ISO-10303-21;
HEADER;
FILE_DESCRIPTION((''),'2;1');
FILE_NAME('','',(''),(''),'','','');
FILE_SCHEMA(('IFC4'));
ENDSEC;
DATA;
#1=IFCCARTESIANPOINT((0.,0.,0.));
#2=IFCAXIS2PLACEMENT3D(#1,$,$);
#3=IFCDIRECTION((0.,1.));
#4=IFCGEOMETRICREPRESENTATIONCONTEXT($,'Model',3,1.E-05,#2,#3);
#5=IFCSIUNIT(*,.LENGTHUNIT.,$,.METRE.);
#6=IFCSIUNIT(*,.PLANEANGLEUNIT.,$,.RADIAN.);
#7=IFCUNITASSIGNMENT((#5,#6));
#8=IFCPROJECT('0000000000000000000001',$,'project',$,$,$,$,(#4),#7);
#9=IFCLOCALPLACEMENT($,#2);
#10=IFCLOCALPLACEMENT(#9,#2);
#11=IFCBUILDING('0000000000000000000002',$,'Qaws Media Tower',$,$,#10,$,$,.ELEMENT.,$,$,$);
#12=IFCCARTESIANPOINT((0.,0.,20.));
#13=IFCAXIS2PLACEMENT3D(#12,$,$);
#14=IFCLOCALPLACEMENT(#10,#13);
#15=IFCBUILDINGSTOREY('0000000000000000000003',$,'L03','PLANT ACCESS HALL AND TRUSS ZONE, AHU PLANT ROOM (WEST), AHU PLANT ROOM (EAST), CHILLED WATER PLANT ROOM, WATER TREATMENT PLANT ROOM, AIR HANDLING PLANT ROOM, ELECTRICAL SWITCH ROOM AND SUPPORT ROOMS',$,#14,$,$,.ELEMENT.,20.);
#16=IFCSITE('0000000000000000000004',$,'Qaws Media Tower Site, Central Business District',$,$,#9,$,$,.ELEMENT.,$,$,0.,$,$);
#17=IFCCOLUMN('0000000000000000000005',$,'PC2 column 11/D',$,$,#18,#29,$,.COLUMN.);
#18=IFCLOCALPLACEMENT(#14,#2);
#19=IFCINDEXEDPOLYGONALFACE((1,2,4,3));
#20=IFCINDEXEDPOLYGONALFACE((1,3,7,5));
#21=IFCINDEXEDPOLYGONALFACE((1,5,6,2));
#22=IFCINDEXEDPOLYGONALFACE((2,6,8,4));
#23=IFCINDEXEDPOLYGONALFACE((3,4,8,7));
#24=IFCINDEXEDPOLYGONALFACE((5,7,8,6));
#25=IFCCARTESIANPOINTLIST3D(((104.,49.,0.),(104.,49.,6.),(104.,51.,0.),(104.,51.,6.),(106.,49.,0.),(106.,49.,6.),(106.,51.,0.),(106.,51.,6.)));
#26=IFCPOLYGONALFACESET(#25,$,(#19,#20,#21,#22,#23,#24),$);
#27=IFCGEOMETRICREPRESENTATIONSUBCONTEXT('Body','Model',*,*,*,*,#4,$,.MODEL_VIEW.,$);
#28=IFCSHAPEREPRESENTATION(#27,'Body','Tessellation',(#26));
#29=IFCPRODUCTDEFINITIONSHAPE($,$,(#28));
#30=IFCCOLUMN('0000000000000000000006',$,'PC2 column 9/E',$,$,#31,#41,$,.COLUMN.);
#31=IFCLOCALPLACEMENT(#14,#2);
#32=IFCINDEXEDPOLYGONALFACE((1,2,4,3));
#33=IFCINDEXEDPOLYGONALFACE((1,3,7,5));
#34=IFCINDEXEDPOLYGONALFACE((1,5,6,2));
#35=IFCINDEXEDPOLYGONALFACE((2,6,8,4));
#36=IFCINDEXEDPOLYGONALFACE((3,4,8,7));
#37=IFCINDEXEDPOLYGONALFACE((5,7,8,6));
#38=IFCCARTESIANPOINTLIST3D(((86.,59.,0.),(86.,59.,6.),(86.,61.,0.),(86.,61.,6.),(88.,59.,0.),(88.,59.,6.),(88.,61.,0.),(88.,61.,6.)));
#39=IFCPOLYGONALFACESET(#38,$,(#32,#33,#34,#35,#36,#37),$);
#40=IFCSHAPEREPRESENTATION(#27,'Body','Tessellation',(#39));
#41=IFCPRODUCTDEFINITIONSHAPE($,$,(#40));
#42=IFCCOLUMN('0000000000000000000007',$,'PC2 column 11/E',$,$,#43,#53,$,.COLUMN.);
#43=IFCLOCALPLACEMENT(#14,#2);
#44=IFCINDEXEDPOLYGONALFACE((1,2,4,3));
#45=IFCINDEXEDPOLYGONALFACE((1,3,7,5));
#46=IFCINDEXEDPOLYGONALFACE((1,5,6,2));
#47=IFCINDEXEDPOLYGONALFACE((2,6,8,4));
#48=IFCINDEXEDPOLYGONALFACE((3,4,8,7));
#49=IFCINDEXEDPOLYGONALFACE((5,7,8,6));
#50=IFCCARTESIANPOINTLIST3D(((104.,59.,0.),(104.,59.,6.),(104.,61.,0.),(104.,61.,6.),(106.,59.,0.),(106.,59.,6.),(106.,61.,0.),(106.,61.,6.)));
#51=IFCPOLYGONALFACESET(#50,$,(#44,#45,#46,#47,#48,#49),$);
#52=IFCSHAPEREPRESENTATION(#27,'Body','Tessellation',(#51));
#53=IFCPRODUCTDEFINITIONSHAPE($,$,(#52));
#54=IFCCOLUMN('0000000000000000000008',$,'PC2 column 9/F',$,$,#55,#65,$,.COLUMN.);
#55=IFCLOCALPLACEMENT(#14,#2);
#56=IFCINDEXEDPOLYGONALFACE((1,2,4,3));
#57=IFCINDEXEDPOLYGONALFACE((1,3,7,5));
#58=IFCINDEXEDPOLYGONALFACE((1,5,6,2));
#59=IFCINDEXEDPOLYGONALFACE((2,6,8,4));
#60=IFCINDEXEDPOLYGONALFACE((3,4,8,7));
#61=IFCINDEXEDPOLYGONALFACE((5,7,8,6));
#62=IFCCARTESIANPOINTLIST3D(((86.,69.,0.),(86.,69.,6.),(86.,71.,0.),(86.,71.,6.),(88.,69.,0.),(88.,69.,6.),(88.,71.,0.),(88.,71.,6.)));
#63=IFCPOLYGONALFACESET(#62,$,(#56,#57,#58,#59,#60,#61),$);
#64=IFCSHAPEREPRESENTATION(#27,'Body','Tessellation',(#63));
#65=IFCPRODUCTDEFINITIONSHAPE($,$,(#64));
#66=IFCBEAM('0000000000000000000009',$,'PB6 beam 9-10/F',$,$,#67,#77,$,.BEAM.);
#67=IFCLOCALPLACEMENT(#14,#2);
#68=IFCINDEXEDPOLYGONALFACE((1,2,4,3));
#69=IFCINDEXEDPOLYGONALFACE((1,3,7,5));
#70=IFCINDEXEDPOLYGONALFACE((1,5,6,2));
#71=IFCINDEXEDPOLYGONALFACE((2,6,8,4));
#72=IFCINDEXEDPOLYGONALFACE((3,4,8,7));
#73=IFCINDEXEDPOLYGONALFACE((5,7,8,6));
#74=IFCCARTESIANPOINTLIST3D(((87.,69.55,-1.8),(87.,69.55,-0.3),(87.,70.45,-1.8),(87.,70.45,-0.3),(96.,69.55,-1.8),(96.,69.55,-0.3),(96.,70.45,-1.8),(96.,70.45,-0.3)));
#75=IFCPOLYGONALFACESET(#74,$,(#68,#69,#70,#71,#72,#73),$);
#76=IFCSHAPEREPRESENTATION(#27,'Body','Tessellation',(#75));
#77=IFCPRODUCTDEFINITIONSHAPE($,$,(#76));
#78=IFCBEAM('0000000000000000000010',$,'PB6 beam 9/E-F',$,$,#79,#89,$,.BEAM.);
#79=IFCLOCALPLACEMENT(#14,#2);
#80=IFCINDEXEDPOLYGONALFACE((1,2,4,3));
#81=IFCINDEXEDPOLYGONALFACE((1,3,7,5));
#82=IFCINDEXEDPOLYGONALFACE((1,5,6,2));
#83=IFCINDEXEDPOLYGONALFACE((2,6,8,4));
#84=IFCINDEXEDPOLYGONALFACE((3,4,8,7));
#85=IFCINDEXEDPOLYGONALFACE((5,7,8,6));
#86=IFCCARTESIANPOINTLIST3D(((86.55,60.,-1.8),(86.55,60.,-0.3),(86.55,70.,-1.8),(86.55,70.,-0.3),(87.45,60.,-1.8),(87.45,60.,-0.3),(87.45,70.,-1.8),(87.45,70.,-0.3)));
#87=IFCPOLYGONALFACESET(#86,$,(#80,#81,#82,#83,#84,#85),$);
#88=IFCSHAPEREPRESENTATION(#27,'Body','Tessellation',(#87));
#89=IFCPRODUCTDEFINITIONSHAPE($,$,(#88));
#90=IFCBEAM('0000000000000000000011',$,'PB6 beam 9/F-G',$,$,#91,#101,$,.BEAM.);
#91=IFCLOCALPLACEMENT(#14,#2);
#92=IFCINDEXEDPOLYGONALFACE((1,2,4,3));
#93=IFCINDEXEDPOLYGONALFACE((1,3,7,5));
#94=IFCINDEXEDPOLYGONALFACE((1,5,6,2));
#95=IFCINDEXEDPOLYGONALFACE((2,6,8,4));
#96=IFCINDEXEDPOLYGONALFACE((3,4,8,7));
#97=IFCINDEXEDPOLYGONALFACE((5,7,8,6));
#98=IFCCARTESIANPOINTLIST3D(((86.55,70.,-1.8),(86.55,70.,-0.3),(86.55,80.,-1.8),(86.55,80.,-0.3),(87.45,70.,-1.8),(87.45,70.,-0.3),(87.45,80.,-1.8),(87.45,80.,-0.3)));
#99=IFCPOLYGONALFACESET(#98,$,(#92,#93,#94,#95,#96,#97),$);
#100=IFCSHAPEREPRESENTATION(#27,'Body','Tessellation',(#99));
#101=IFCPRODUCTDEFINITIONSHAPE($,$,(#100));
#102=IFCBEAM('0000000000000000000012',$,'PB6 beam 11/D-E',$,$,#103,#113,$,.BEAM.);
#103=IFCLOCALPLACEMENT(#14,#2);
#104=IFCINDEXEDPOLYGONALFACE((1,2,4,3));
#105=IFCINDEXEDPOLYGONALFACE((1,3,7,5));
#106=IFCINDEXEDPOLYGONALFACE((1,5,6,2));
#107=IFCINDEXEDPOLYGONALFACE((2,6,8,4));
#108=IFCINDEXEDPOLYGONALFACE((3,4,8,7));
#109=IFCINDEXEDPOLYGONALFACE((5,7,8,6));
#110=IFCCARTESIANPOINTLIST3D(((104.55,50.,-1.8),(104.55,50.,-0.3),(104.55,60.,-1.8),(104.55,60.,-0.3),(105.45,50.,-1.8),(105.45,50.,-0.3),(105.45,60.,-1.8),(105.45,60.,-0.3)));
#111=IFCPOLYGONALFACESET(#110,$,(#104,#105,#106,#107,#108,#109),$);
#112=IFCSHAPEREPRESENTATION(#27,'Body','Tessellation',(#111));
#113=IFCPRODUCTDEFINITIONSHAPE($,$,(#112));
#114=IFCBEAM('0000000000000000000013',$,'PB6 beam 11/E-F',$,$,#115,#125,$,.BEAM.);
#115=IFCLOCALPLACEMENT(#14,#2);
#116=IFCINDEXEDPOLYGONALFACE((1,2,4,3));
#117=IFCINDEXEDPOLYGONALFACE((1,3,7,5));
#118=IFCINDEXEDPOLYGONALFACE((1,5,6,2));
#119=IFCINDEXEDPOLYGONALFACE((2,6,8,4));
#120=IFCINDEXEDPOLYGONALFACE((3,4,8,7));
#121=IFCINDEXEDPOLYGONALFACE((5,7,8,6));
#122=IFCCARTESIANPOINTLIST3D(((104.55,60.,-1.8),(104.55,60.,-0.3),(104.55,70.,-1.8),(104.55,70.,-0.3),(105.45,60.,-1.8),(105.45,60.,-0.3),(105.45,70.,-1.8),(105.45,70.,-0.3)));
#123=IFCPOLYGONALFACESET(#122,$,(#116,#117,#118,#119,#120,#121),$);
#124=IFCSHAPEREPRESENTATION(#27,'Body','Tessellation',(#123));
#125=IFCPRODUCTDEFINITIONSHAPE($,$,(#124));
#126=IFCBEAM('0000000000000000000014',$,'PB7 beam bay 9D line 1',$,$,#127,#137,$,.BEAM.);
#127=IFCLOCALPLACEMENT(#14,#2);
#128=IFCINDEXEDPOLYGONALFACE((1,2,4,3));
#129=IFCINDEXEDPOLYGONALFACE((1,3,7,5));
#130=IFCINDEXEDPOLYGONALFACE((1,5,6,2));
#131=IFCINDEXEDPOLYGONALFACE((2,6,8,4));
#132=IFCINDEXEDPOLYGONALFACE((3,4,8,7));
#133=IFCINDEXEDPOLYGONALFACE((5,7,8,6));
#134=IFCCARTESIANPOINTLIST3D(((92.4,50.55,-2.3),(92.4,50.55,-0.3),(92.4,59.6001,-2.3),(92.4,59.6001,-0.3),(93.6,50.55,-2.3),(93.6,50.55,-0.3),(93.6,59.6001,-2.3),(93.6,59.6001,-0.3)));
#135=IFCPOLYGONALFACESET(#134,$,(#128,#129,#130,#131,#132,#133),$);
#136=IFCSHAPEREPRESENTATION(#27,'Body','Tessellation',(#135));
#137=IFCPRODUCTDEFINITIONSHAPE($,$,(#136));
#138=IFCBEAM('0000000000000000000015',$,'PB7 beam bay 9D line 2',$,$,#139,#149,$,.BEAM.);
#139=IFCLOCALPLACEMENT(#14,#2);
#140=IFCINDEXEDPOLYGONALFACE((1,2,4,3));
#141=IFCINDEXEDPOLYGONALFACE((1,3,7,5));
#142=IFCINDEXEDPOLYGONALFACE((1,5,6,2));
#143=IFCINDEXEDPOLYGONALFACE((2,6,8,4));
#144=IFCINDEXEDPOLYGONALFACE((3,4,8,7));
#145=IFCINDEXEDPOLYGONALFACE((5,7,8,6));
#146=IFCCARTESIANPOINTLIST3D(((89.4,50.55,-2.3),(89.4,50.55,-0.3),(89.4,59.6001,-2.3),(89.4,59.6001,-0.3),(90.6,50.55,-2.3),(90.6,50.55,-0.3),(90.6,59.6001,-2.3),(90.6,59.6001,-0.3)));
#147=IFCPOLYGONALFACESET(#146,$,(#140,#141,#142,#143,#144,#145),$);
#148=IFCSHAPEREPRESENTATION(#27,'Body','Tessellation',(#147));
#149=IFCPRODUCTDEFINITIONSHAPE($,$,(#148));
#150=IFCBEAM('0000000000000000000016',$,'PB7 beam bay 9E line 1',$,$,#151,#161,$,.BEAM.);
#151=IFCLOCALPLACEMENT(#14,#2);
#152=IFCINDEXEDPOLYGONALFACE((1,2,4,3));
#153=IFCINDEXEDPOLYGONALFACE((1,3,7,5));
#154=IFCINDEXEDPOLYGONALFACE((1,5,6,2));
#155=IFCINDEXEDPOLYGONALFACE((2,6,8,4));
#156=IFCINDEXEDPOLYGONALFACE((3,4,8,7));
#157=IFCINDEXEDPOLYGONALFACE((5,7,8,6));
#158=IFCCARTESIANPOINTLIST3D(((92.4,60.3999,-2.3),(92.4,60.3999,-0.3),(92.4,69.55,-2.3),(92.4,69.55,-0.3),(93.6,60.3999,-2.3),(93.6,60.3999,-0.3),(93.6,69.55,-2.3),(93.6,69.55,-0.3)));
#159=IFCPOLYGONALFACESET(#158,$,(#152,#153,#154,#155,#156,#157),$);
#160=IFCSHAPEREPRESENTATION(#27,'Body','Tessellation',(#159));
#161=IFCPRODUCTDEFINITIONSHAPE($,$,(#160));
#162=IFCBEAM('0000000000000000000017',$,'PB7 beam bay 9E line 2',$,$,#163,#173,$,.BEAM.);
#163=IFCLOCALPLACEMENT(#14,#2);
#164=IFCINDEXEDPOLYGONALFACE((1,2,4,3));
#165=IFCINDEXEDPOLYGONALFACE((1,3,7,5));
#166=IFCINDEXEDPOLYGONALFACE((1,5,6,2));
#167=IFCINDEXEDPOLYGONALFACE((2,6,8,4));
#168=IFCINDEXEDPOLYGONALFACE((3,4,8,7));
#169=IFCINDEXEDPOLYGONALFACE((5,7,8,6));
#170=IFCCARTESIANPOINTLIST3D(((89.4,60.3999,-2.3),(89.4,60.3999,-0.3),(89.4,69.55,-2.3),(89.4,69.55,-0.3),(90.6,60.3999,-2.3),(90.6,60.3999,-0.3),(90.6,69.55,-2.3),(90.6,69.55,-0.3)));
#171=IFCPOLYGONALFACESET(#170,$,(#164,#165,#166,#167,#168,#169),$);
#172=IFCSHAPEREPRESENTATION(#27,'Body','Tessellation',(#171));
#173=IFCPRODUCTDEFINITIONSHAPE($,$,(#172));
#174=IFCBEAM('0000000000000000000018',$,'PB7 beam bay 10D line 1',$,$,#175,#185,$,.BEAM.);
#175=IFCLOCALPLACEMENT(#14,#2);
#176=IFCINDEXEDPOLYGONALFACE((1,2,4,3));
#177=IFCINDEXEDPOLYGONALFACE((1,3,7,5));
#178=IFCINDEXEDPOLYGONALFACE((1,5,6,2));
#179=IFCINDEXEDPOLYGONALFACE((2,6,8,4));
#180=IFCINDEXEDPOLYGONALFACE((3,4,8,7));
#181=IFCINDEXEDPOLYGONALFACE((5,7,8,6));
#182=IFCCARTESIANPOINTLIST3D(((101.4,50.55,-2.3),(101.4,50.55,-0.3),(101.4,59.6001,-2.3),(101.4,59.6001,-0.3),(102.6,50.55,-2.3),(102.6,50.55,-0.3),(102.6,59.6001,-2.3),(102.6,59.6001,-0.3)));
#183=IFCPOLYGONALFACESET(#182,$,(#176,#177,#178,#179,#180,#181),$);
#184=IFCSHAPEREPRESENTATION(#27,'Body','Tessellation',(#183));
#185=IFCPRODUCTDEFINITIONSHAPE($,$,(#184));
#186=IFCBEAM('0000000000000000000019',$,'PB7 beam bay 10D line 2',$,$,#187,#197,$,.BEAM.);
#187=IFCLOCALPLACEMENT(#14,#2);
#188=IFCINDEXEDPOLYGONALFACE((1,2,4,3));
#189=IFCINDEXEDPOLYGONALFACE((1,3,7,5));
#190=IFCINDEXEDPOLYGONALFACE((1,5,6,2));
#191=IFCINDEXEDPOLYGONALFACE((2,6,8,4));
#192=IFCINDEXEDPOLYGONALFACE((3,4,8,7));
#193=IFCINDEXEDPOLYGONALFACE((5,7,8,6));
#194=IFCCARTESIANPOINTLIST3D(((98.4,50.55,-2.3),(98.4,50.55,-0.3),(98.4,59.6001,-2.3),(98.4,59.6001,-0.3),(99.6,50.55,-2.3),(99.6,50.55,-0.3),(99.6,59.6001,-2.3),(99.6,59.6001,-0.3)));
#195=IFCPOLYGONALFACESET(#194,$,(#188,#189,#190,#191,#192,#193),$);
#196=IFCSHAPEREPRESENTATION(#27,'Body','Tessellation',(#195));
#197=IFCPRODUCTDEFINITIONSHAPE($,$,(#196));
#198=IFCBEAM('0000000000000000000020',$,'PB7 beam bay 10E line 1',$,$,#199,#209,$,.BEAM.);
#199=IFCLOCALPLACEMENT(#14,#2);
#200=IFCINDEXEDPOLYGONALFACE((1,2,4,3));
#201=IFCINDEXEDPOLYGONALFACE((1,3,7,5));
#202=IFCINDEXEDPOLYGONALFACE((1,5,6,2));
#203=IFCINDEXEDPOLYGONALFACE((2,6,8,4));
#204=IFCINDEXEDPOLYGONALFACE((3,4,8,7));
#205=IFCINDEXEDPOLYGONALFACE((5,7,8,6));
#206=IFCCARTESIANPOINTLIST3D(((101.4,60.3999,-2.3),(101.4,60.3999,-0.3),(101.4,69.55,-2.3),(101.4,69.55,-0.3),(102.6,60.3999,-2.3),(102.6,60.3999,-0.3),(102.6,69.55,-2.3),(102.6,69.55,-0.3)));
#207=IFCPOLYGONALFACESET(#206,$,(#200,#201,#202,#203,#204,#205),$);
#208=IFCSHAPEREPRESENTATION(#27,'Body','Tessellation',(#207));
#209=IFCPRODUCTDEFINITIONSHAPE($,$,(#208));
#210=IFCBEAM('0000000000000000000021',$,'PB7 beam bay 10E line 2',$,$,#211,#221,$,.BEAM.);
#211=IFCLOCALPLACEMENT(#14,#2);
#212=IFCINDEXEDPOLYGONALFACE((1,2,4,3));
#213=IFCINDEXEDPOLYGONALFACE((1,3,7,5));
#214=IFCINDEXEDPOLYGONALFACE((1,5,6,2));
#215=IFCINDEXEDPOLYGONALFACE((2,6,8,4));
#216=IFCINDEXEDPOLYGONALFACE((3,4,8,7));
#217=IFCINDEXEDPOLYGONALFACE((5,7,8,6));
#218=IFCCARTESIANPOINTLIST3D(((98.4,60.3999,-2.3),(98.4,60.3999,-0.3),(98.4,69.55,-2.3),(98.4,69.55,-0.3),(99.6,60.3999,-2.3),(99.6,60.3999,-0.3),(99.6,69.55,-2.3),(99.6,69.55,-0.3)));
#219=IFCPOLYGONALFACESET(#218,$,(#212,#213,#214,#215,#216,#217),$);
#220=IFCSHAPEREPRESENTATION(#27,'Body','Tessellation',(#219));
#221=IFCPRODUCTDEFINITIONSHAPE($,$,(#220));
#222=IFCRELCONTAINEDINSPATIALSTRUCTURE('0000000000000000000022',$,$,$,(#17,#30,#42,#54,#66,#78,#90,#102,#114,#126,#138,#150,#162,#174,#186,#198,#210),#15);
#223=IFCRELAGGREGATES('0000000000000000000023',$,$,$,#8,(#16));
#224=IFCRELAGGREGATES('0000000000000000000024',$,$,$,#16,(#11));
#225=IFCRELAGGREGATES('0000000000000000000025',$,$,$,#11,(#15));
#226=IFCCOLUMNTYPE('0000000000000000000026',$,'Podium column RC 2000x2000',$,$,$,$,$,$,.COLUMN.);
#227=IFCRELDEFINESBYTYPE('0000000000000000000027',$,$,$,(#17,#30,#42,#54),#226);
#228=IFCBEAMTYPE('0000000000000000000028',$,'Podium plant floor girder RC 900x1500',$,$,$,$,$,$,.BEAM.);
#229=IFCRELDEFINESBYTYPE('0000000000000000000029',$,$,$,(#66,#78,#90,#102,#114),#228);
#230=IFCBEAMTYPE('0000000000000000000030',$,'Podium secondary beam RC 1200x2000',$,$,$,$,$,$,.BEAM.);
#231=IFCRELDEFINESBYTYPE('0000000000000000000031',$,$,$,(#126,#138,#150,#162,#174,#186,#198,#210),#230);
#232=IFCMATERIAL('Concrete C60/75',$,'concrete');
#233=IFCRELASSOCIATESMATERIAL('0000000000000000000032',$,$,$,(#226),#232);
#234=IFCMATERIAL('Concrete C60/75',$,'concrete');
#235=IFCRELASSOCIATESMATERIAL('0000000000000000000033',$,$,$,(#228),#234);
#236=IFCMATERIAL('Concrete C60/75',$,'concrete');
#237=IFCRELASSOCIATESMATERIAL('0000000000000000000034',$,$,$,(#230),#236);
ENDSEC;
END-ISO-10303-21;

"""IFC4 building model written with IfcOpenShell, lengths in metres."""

from ifc_helpers import new_model, si_unit, direction, frame, origin, origin_2d, place, context, subcontext, project, spatial, rectangle, extrude, material, material_profile, profile_set, type_object, element, save


model = new_model("IFC4")

# Units and contexts
model_context = context("Model", 3, precision=1e-05, world=origin(), true_north=direction((0.0, 1.0)))
body_context = subcontext(model_context, "Body", "Model", "MODEL_VIEW")
ifc_project = project(units=[si_unit("LENGTHUNIT", "METRE"), si_unit("PLANEANGLEUNIT", "RADIAN")], contexts=[model_context])

# Site, building, storey
site_placement = place(None, origin())
site = spatial("IfcSite", under=ifc_project, at=site_placement, Name="Qaws Media Tower Site, Central Business District", CompositionType="ELEMENT", RefElevation=0.0)
building_placement = place(site_placement, origin())
building = spatial("IfcBuilding", under=site, at=building_placement, Name="Qaws Media Tower", CompositionType="ELEMENT")
storey_placement = place(building_placement, frame((0.0, 0.0, 20.0)))
storey = spatial("IfcBuildingStorey", under=building, at=storey_placement, Name="L03", Description="PLANT ACCESS HALL AND TRUSS ZONE, AHU PLANT ROOM (WEST), AHU PLANT ROOM (EAST), CHILLED WATER PLANT ROOM, WATER TREATMENT PLANT ROOM, AIR HANDLING PLANT ROOM, ELECTRICAL SWITCH ROOM AND SUPPORT ROOMS", CompositionType="ELEMENT", Elevation=20.0)

# Columns
ifc_material_1 = material(Name="Concrete C60/75", Category="concrete")
ifc_material_profile_1 = material_profile(ifc_material_1, rectangle(XDim=2.0, YDim=2.0, at=origin_2d()), Name="RC 2000x2000")
ifc_profile_set_1 = profile_set([ifc_material_profile_1], Name="Concrete C60/75")
column_type = type_object("IfcColumnType", Name="Podium column RC 2000x2000", PredefinedType="COLUMN", material=ifc_profile_set_1)
for number, where, z_axis, x_axis, name in (
    (1, (105.0, 50.0, 0.0), (0.0, 0.0, 1.0), (1.0, 0.0, 0.0), "PC2 column 11/D"),
    (2, (87.0, 60.0, 0.0), (0.0, 0.0, 1.0), (1.0, 0.0, 0.0), "PC2 column 9/E"),
    (3, (105.0, 60.0, 0.0), (0.0, 0.0, 1.0), (1.0, 0.0, 0.0), "PC2 column 11/E"),
    (4, (87.0, 70.0, 0.0), (0.0, 0.0, 1.0), (1.0, 0.0, 0.0), "PC2 column 9/F"),
):
    element("IfcColumn", number, at=place(storey_placement, frame(where, z_axis=z_axis, x_axis=x_axis)), inside=storey, type_object=column_type, Name=name, PredefinedType="COLUMN", context=body_context, shape_type="SweptSolid", body=[
        extrude(rectangle(XDim=2.0, YDim=2.0, at=origin_2d()), origin(), (0.0, 0.0, 1.0), 6.0),
    ])

# Beams
ifc_material_2 = material(Name="Concrete C60/75", Category="concrete")
ifc_material_profile_2 = material_profile(ifc_material_2, rectangle(XDim=0.8999, YDim=1.5, at=origin_2d()), Name="RC 900x1500")
ifc_profile_set_2 = profile_set([ifc_material_profile_2], Name="Concrete C60/75")
beam_type_1 = type_object("IfcBeamType", Name="Podium plant floor girder RC 900x1500", PredefinedType="BEAM", material=ifc_profile_set_2)
beam_1_placement = place(storey_placement, frame((87.0, 70.0, -1.05), z_axis=(1.0, 0.0, 0.0), x_axis=(0.0, 1.0, 0.0)))
element("IfcBeam", 5, at=beam_1_placement, inside=storey, type_object=beam_type_1, Name="PB6 beam 9-10/F", PredefinedType="BEAM", context=body_context, shape_type="SweptSolid", body=[
    extrude(rectangle(XDim=0.8999, YDim=1.5, at=origin_2d()), origin(), (0.0, 0.0, 1.0), 9.0),
])
for number, where, z_axis, x_axis, name in (
    (6, (87.0, 60.0, -1.05), (0.0, 1.0, 0.0), (-1.0, 0.0, 0.0), "PB6 beam 9/E-F"),
    (7, (87.0, 70.0, -1.05), (0.0, 1.0, 0.0), (-1.0, 0.0, 0.0), "PB6 beam 9/F-G"),
    (8, (105.0, 50.0, -1.05), (0.0, 1.0, 0.0), (-1.0, 0.0, 0.0), "PB6 beam 11/D-E"),
    (9, (105.0, 60.0, -1.05), (0.0, 1.0, 0.0), (-1.0, 0.0, 0.0), "PB6 beam 11/E-F"),
):
    element("IfcBeam", number, at=place(storey_placement, frame(where, z_axis=z_axis, x_axis=x_axis)), inside=storey, type_object=beam_type_1, Name=name, PredefinedType="BEAM", context=body_context, shape_type="SweptSolid", body=[
        extrude(rectangle(XDim=0.8999, YDim=1.5, at=origin_2d()), origin(), (0.0, 0.0, 1.0), 10.0),
    ])
ifc_material_3 = material(Name="Concrete C60/75", Category="concrete")
ifc_material_profile_3 = material_profile(ifc_material_3, rectangle(XDim=1.2, YDim=2.0, at=origin_2d()), Name="RC 1200x2000")
ifc_profile_set_3 = profile_set([ifc_material_profile_3], Name="Concrete C60/75")
beam_type_2 = type_object("IfcBeamType", Name="Podium secondary beam RC 1200x2000", PredefinedType="BEAM", material=ifc_profile_set_3)
for number, where, z_axis, x_axis, name in (
    (10, (93.0, 50.55, -1.3), (0.0, 1.0, 0.0), (-1.0, 0.0, 0.0), "PB7 beam bay 9D line 1"),
    (11, (90.0, 50.55, -1.3), (0.0, 1.0, 0.0), (-1.0, 0.0, 0.0), "PB7 beam bay 9D line 2"),
):
    element("IfcBeam", number, at=place(storey_placement, frame(where, z_axis=z_axis, x_axis=x_axis)), inside=storey, type_object=beam_type_2, Name=name, PredefinedType="BEAM", context=body_context, shape_type="SweptSolid", body=[
        extrude(rectangle(XDim=1.2, YDim=2.0, at=origin_2d()), origin(), (0.0, 0.0, 1.0), 9.05),
    ])
for number, where, z_axis, x_axis, name in (
    (12, (93.0, 60.3999, -1.3), (0.0, 1.0, 0.0), (-1.0, 0.0, 0.0), "PB7 beam bay 9E line 1"),
    (13, (90.0, 60.3999, -1.3), (0.0, 1.0, 0.0), (-1.0, 0.0, 0.0), "PB7 beam bay 9E line 2"),
):
    element("IfcBeam", number, at=place(storey_placement, frame(where, z_axis=z_axis, x_axis=x_axis)), inside=storey, type_object=beam_type_2, Name=name, PredefinedType="BEAM", context=body_context, shape_type="SweptSolid", body=[
        extrude(rectangle(XDim=1.2, YDim=2.0, at=origin_2d()), origin(), (0.0, 0.0, 1.0), 9.1501),
    ])
for number, where, z_axis, x_axis, name in (
    (14, (102.0, 50.55, -1.3), (0.0, 1.0, 0.0), (-1.0, 0.0, 0.0), "PB7 beam bay 10D line 1"),
    (15, (99.0, 50.55, -1.3), (0.0, 1.0, 0.0), (-1.0, 0.0, 0.0), "PB7 beam bay 10D line 2"),
):
    element("IfcBeam", number, at=place(storey_placement, frame(where, z_axis=z_axis, x_axis=x_axis)), inside=storey, type_object=beam_type_2, Name=name, PredefinedType="BEAM", context=body_context, shape_type="SweptSolid", body=[
        extrude(rectangle(XDim=1.2, YDim=2.0, at=origin_2d()), origin(), (0.0, 0.0, 1.0), 9.05),
    ])
for number, where, z_axis, x_axis, name in (
    (16, (102.0, 60.3999, -1.3), (0.0, 1.0, 0.0), (-1.0, 0.0, 0.0), "PB7 beam bay 10E line 1"),
    (17, (99.0, 60.3999, -1.3), (0.0, 1.0, 0.0), (-1.0, 0.0, 0.0), "PB7 beam bay 10E line 2"),
):
    element("IfcBeam", number, at=place(storey_placement, frame(where, z_axis=z_axis, x_axis=x_axis)), inside=storey, type_object=beam_type_2, Name=name, PredefinedType="BEAM", context=body_context, shape_type="SweptSolid", body=[
        extrude(rectangle(XDim=1.2, YDim=2.0, at=origin_2d()), origin(), (0.0, 0.0, 1.0), 9.1501),
    ])

save(model, "model.ifc")
